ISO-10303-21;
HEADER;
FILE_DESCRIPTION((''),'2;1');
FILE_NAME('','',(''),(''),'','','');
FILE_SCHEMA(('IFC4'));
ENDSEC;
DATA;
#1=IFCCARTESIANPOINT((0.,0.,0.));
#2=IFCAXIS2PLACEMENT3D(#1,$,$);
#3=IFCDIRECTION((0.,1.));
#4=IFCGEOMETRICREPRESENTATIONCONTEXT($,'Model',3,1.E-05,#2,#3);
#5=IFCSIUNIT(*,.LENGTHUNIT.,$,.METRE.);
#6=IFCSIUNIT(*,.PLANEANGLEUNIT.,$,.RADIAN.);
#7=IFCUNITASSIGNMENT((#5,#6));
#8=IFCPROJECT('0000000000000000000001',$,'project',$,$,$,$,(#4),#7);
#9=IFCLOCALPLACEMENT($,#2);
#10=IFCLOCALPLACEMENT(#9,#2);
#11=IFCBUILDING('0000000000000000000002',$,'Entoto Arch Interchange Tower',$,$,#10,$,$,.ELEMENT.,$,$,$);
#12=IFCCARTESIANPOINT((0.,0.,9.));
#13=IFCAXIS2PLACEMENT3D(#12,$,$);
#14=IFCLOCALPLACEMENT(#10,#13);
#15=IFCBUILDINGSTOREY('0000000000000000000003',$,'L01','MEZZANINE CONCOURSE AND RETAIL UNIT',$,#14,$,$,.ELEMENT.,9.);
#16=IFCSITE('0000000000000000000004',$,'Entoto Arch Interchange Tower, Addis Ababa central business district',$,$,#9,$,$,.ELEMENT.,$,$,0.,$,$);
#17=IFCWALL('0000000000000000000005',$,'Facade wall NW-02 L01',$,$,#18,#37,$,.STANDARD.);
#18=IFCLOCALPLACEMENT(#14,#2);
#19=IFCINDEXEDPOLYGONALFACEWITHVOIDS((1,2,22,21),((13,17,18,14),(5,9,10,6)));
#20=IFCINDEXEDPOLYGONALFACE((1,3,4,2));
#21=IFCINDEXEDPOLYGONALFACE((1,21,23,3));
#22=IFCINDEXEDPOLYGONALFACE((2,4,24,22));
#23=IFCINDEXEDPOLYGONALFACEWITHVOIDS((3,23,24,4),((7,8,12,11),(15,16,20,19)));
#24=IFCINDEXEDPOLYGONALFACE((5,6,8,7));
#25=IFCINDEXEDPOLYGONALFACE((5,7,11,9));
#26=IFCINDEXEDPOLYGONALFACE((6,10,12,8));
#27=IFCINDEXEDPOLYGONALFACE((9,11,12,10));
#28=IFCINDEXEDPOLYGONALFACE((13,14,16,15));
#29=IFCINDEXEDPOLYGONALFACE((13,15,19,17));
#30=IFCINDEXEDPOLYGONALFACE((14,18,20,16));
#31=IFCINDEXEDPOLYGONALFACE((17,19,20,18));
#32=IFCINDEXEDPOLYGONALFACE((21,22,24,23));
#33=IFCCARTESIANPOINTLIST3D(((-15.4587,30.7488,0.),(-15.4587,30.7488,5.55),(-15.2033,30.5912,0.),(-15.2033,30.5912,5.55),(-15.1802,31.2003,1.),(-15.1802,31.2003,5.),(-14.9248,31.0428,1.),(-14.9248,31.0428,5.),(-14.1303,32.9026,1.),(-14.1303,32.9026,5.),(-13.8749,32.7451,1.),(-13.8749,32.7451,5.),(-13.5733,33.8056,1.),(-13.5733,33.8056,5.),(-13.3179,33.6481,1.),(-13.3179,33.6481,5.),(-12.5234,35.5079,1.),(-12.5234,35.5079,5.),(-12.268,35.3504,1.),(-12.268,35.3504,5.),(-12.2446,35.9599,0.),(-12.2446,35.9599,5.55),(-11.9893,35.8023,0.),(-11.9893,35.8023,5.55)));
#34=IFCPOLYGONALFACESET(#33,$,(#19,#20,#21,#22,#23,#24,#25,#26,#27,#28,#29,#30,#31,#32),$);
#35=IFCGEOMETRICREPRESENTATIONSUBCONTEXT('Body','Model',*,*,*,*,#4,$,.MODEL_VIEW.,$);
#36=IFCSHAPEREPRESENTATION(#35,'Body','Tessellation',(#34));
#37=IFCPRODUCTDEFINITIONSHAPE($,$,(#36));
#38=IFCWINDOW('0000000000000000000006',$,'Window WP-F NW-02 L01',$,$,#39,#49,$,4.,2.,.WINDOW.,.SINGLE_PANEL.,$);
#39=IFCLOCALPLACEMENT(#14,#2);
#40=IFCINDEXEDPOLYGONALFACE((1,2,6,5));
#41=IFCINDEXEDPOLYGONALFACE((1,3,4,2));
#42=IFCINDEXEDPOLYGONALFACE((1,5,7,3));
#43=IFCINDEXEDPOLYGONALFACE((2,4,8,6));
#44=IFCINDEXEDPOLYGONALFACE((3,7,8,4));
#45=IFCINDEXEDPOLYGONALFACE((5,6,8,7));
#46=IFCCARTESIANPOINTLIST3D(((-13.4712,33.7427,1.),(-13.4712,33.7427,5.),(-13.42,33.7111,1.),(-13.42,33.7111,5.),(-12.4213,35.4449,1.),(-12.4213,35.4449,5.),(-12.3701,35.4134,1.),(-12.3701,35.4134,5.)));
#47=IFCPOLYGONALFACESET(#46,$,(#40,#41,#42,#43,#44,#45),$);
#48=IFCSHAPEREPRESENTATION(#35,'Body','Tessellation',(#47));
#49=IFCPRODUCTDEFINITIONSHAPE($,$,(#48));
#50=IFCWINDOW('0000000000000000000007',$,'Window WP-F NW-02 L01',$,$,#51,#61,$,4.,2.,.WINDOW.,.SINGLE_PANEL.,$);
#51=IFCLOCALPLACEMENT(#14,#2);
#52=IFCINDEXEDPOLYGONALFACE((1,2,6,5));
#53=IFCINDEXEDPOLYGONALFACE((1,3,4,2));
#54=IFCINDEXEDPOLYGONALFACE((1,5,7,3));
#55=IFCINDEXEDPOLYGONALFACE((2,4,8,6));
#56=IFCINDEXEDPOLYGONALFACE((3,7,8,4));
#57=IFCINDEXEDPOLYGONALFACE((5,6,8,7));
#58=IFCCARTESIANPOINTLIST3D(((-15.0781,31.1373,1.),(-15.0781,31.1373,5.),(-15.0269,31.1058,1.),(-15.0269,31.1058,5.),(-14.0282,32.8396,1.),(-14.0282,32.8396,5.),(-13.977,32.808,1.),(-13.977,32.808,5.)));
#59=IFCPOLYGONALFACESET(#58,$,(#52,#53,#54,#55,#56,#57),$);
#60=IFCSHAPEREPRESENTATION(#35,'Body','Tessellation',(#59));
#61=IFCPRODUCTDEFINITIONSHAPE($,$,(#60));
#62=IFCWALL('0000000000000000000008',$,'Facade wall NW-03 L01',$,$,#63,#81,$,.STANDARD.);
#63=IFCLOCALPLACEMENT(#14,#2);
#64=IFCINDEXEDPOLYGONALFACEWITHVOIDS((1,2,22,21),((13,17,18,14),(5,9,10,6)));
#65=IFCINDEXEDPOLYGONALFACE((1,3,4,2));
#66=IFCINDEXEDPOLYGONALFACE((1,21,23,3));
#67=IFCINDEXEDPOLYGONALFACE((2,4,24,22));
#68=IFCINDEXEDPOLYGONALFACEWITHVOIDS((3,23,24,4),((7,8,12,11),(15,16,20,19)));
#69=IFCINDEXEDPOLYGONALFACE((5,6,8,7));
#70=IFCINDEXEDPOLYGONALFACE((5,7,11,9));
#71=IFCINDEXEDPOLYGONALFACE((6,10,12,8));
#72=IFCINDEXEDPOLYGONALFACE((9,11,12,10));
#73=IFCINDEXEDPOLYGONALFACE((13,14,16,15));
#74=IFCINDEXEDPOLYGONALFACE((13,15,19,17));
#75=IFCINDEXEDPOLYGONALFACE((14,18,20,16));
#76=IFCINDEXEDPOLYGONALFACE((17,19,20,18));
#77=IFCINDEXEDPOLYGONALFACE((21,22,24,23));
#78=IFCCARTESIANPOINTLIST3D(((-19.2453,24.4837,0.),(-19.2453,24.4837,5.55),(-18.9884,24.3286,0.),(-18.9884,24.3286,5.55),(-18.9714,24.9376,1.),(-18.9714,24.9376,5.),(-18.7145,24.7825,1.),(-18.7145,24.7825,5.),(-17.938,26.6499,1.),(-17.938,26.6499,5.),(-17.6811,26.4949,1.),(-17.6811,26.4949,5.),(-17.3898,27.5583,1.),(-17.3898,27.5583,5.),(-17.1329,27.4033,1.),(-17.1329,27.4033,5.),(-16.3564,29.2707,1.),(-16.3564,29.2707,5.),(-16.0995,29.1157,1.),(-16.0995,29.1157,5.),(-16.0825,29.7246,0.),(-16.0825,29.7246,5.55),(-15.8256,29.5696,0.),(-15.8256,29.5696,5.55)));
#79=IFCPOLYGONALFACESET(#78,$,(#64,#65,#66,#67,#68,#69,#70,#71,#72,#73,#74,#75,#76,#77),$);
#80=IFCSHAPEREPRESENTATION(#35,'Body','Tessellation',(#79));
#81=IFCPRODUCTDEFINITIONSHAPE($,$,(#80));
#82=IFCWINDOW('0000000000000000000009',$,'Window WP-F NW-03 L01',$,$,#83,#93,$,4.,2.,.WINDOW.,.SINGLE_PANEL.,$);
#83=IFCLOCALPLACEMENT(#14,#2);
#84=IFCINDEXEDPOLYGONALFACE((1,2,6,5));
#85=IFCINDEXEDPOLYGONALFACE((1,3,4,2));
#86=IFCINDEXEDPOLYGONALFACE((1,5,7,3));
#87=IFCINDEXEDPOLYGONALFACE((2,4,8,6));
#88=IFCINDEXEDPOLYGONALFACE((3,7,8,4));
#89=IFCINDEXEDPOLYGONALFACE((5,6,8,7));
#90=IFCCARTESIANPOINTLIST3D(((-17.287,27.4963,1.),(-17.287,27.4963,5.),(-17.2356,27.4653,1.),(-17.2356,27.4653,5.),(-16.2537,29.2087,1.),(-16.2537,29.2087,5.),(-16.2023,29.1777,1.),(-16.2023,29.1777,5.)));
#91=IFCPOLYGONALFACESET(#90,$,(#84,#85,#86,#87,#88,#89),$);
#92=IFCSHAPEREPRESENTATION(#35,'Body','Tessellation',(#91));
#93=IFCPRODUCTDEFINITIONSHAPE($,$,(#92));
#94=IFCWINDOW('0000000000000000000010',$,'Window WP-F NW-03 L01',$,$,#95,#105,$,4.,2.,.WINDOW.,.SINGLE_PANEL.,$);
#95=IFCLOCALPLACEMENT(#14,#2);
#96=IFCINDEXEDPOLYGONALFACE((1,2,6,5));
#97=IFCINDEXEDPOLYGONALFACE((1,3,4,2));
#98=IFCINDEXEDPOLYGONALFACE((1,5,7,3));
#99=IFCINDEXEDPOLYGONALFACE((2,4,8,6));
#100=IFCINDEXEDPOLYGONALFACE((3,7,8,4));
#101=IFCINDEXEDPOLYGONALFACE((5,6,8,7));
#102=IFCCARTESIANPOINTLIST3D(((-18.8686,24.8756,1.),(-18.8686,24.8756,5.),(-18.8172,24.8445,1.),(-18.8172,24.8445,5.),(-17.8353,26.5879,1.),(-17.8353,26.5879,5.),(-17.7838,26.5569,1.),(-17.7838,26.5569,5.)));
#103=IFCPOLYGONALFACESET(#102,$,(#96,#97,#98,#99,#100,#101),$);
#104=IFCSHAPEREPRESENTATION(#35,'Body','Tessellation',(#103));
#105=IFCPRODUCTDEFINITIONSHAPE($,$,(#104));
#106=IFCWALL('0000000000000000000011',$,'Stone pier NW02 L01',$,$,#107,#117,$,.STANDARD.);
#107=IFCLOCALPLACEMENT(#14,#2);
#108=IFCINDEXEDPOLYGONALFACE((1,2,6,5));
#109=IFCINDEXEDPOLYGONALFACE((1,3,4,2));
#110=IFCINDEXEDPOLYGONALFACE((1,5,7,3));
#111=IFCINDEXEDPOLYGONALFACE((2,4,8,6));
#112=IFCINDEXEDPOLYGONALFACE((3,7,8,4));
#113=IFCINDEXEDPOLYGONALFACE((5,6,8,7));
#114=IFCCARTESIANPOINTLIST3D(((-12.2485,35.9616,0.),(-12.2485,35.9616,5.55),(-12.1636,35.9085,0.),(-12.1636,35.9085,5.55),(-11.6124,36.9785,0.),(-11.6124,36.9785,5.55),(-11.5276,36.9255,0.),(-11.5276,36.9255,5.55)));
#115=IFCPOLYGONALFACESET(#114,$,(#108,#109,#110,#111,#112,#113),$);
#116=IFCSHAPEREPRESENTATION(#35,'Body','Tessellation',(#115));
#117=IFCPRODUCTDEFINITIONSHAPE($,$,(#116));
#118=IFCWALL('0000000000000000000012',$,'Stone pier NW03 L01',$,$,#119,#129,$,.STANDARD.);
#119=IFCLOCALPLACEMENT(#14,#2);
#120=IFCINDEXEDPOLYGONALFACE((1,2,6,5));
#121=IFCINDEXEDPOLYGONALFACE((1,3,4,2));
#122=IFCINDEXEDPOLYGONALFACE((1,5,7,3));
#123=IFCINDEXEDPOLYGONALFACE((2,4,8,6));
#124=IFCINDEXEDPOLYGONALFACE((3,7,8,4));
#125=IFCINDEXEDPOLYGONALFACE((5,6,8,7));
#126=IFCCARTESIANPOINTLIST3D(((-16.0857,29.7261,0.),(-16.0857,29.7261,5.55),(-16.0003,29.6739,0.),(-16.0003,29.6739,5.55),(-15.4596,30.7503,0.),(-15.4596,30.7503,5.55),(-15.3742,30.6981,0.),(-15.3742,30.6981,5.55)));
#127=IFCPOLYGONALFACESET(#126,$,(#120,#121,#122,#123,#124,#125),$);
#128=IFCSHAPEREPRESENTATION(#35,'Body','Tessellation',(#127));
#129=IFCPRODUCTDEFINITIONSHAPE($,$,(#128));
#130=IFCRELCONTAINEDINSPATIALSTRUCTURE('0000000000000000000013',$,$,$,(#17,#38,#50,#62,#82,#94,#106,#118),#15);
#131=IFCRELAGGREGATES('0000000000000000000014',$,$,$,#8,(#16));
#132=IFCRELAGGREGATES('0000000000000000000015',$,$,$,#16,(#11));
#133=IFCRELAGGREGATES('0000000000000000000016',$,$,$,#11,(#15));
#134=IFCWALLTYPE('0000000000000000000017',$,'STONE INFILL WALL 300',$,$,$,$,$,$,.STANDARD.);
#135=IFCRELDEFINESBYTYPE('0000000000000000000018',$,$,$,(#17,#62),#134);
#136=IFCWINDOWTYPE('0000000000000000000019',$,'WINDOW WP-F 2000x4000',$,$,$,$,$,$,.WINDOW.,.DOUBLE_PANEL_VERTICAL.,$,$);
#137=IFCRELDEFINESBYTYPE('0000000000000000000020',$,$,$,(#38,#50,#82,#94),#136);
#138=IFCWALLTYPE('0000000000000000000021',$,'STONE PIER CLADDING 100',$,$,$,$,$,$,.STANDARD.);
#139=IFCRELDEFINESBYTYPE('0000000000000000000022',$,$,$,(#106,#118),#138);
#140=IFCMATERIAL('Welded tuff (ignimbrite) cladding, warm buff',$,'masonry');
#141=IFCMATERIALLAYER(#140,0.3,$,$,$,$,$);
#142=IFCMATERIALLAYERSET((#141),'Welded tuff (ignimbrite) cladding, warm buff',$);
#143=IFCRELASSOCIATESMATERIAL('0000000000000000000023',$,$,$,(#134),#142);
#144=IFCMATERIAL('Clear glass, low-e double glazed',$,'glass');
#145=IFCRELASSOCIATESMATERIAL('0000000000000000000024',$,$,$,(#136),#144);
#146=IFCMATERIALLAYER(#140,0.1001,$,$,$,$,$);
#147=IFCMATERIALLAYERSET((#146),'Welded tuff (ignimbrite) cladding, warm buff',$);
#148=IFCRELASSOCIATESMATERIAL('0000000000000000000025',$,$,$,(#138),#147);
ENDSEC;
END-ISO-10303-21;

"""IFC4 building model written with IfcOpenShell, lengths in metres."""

from ifc_helpers import new_model, si_unit, direction, frame, frame_2d, origin, place, context, subcontext, project, spatial, rectangle, extrude, material, layer, layer_set, type_object, element, fill, save


model = new_model("IFC4")

# Units and contexts
model_context = context("Model", 3, precision=1e-05, world=origin(), true_north=direction((0.0, 1.0)))
body_context = subcontext(model_context, "Body", "Model", "MODEL_VIEW")
ifc_project = project(units=[si_unit("LENGTHUNIT", "METRE"), si_unit("PLANEANGLEUNIT", "RADIAN")], contexts=[model_context])

# Site, building, storey
site_placement = place(None, origin())
site = spatial("IfcSite", under=ifc_project, at=site_placement, Name="Entoto Arch Interchange Tower, Addis Ababa central business district", CompositionType="ELEMENT", RefElevation=0.0)
building_placement = place(site_placement, origin())
building = spatial("IfcBuilding", under=site, at=building_placement, Name="Entoto Arch Interchange Tower", CompositionType="ELEMENT")
storey_placement = place(building_placement, frame((0.0, 0.0, 9.0)))
storey = spatial("IfcBuildingStorey", under=building, at=storey_placement, Name="L01", Description="MEZZANINE CONCOURSE AND RETAIL UNIT", CompositionType="ELEMENT", Elevation=9.0)

# Walls, openings, windows
ifc_material_1 = material(Name="Welded tuff (ignimbrite) cladding, warm buff", Category="masonry")
ifc_layer_1 = layer(ifc_material_1, 0.3)
ifc_layer_set_1 = layer_set([ifc_layer_1], Name="Welded tuff (ignimbrite) cladding, warm buff")
wall_type_1 = type_object("IfcWallType", Name="STONE INFILL WALL 300", PredefinedType="STANDARD", material=ifc_layer_set_1)
wall_1_placement = place(storey_placement, frame((-12.1169, 35.8811, 0.0), z_axis=(0.0, 0.0, 1.0), x_axis=(-0.524954, -0.851131, 0.0)))
wall_1 = element("IfcWall", 1, at=wall_1_placement, inside=storey, type_object=wall_type_1, Name="Facade wall NW-02 L01", PredefinedType="STANDARD", context=body_context, shape_type="SweptSolid", body=[
    extrude(rectangle(XDim=6.1226, YDim=0.3, at=frame_2d((3.0613, 0.0))), origin(), (0.0, 0.0, 1.0), 5.55),
])
opening_1_placement = place(wall_1_placement, frame((0.531, 0.0, 1.0)))
opening_1 = element("IfcOpeningElement", 2, at=opening_1_placement, cuts=wall_1, PredefinedType="OPENING", context=body_context, shape_type="SweptSolid", body=[
    extrude(rectangle(XDim=2.0, YDim=4.0, at=frame_2d((1.0, 2.0))), frame((0.0, 0.1602, 0.0), z_axis=(0.0, -1.0, 0.0), x_axis=(1.0, 0.0, 0.0)), (0.0, 0.0, 1.0), 0.3201),
])
opening_2_placement = place(wall_1_placement, frame((3.592, 0.0, 1.0)))
opening_2 = element("IfcOpeningElement", 3, at=opening_2_placement, cuts=wall_1, PredefinedType="OPENING", context=body_context, shape_type="SweptSolid", body=[
    extrude(rectangle(XDim=2.0, YDim=4.0, at=frame_2d((1.0, 2.0))), frame((0.0, 0.1602, 0.0), z_axis=(0.0, -1.0, 0.0), x_axis=(1.0, 0.0, 0.0)), (0.0, 0.0, 1.0), 0.3201),
])
ifc_material_2 = material(Name="Clear glass, low-e double glazed", Category="glass")
window_type = type_object("IfcWindowType", Name="WINDOW WP-F 2000x4000", PartitioningType="DOUBLE_PANEL_VERTICAL", PredefinedType="WINDOW", material=ifc_material_2)
window_1_placement = place(opening_1_placement, origin())
window_1 = element("IfcWindow", 4, at=window_1_placement, inside=storey, type_object=window_type, Name="Window WP-F NW-02 L01", OverallHeight=4.0, OverallWidth=2.0, PartitioningType="SINGLE_PANEL", PredefinedType="WINDOW", context=body_context, shape_type="SweptSolid", body=[
    extrude(rectangle(XDim=2.0, YDim=4.0, at=frame_2d((1.0, 2.0))), frame((0.0, 0.03, 0.0), z_axis=(0.0, -1.0, 0.0), x_axis=(1.0, 0.0, 0.0)), (0.0, 0.0, 1.0), 0.0601),
])
fill(opening_1, window_1)
window_2_placement = place(opening_2_placement, origin())
window_2 = element("IfcWindow", 5, at=window_2_placement, inside=storey, type_object=window_type, Name="Window WP-F NW-02 L01", OverallHeight=4.0, OverallWidth=2.0, PartitioningType="SINGLE_PANEL", PredefinedType="WINDOW", context=body_context, shape_type="SweptSolid", body=[
    extrude(rectangle(XDim=2.0, YDim=4.0, at=frame_2d((1.0, 2.0))), frame((0.0, 0.03, 0.0), z_axis=(0.0, -1.0, 0.0), x_axis=(1.0, 0.0, 0.0)), (0.0, 0.0, 1.0), 0.0601),
])
fill(opening_2, window_2)
wall_2_placement = place(storey_placement, frame((-15.9541, 29.647, 0.0), z_axis=(0.0, 0.0, 1.0), x_axis=(-0.516688, -0.856174, 0.0)))
wall_2 = element("IfcWall", 6, at=wall_2_placement, inside=storey, type_object=wall_type_1, Name="Facade wall NW-03 L01", PredefinedType="STANDARD", context=body_context, shape_type="SweptSolid", body=[
    extrude(rectangle(XDim=6.1213, YDim=0.3, at=frame_2d((3.0605, 0.0))), origin(), (0.0, 0.0, 1.0), 5.55),
])
opening_3_placement = place(wall_2_placement, frame((0.53, 0.0, 1.0)))
opening_3 = element("IfcOpeningElement", 7, at=opening_3_placement, cuts=wall_2, PredefinedType="OPENING", context=body_context, shape_type="SweptSolid", body=[
    extrude(rectangle(XDim=2.0, YDim=4.0, at=frame_2d((1.0, 2.0))), frame((0.0, 0.1602, 0.0), z_axis=(0.0, -1.0, 0.0), x_axis=(1.0, 0.0, 0.0)), (0.0, 0.0, 1.0), 0.3201),
])
opening_4_placement = place(wall_2_placement, frame((3.5911, 0.0, 1.0)))
opening_4 = element("IfcOpeningElement", 8, at=opening_4_placement, cuts=wall_2, PredefinedType="OPENING", context=body_context, shape_type="SweptSolid", body=[
    extrude(rectangle(XDim=2.0, YDim=4.0, at=frame_2d((1.0, 2.0))), frame((0.0, 0.1602, 0.0), z_axis=(0.0, -1.0, 0.0), x_axis=(1.0, 0.0, 0.0)), (0.0, 0.0, 1.0), 0.3201),
])
window_3_placement = place(opening_3_placement, origin())
window_3 = element("IfcWindow", 9, at=window_3_placement, inside=storey, type_object=window_type, Name="Window WP-F NW-03 L01", OverallHeight=4.0, OverallWidth=2.0, PartitioningType="SINGLE_PANEL", PredefinedType="WINDOW", context=body_context, shape_type="SweptSolid", body=[
    extrude(rectangle(XDim=2.0, YDim=4.0, at=frame_2d((1.0, 2.0))), frame((0.0, 0.03, 0.0), z_axis=(0.0, -1.0, 0.0), x_axis=(1.0, 0.0, 0.0)), (0.0, 0.0, 1.0), 0.0601),
])
fill(opening_3, window_3)
window_4_placement = place(opening_4_placement, origin())
window_4 = element("IfcWindow", 10, at=window_4_placement, inside=storey, type_object=window_type, Name="Window WP-F NW-03 L01", OverallHeight=4.0, OverallWidth=2.0, PartitioningType="SINGLE_PANEL", PredefinedType="WINDOW", context=body_context, shape_type="SweptSolid", body=[
    extrude(rectangle(XDim=2.0, YDim=4.0, at=frame_2d((1.0, 2.0))), frame((0.0, 0.03, 0.0), z_axis=(0.0, -1.0, 0.0), x_axis=(1.0, 0.0, 0.0)), (0.0, 0.0, 1.0), 0.0601),
])
fill(opening_4, window_4)

# Walls
ifc_layer_2 = layer(ifc_material_1, 0.1001)
ifc_layer_set_2 = layer_set([ifc_layer_2], Name="Welded tuff (ignimbrite) cladding, warm buff")
wall_type_2 = type_object("IfcWallType", Name="STONE PIER CLADDING 100", PredefinedType="STANDARD", material=ifc_layer_set_2)
wall_3_placement = place(storey_placement, frame((-11.5701, 36.9519, 0.0), z_axis=(0.0, 0.0, 1.0), x_axis=(-0.530273, -0.847827, 0.0)))
element("IfcWall", 11, at=wall_3_placement, inside=storey, type_object=wall_type_2, Name="Stone pier NW02 L01", PredefinedType="STANDARD", context=body_context, shape_type="SweptSolid", body=[
    extrude(rectangle(XDim=1.1995, YDim=0.1001, at=frame_2d((0.5996, 0.0))), origin(), (0.0, 0.0, 1.0), 5.55),
])
wall_4_placement = place(storey_placement, frame((-15.417, 30.7241, 0.0), z_axis=(0.0, 0.0, 1.0), x_axis=(-0.521508, -0.853247, 0.0)))
element("IfcWall", 12, at=wall_4_placement, inside=storey, type_object=wall_type_2, Name="Stone pier NW03 L01", PredefinedType="STANDARD", context=body_context, shape_type="SweptSolid", body=[
    extrude(rectangle(XDim=1.2004, YDim=0.1001, at=frame_2d((0.6001, 0.0))), origin(), (0.0, 0.0, 1.0), 5.55),
])

save(model, "model.ifc")
